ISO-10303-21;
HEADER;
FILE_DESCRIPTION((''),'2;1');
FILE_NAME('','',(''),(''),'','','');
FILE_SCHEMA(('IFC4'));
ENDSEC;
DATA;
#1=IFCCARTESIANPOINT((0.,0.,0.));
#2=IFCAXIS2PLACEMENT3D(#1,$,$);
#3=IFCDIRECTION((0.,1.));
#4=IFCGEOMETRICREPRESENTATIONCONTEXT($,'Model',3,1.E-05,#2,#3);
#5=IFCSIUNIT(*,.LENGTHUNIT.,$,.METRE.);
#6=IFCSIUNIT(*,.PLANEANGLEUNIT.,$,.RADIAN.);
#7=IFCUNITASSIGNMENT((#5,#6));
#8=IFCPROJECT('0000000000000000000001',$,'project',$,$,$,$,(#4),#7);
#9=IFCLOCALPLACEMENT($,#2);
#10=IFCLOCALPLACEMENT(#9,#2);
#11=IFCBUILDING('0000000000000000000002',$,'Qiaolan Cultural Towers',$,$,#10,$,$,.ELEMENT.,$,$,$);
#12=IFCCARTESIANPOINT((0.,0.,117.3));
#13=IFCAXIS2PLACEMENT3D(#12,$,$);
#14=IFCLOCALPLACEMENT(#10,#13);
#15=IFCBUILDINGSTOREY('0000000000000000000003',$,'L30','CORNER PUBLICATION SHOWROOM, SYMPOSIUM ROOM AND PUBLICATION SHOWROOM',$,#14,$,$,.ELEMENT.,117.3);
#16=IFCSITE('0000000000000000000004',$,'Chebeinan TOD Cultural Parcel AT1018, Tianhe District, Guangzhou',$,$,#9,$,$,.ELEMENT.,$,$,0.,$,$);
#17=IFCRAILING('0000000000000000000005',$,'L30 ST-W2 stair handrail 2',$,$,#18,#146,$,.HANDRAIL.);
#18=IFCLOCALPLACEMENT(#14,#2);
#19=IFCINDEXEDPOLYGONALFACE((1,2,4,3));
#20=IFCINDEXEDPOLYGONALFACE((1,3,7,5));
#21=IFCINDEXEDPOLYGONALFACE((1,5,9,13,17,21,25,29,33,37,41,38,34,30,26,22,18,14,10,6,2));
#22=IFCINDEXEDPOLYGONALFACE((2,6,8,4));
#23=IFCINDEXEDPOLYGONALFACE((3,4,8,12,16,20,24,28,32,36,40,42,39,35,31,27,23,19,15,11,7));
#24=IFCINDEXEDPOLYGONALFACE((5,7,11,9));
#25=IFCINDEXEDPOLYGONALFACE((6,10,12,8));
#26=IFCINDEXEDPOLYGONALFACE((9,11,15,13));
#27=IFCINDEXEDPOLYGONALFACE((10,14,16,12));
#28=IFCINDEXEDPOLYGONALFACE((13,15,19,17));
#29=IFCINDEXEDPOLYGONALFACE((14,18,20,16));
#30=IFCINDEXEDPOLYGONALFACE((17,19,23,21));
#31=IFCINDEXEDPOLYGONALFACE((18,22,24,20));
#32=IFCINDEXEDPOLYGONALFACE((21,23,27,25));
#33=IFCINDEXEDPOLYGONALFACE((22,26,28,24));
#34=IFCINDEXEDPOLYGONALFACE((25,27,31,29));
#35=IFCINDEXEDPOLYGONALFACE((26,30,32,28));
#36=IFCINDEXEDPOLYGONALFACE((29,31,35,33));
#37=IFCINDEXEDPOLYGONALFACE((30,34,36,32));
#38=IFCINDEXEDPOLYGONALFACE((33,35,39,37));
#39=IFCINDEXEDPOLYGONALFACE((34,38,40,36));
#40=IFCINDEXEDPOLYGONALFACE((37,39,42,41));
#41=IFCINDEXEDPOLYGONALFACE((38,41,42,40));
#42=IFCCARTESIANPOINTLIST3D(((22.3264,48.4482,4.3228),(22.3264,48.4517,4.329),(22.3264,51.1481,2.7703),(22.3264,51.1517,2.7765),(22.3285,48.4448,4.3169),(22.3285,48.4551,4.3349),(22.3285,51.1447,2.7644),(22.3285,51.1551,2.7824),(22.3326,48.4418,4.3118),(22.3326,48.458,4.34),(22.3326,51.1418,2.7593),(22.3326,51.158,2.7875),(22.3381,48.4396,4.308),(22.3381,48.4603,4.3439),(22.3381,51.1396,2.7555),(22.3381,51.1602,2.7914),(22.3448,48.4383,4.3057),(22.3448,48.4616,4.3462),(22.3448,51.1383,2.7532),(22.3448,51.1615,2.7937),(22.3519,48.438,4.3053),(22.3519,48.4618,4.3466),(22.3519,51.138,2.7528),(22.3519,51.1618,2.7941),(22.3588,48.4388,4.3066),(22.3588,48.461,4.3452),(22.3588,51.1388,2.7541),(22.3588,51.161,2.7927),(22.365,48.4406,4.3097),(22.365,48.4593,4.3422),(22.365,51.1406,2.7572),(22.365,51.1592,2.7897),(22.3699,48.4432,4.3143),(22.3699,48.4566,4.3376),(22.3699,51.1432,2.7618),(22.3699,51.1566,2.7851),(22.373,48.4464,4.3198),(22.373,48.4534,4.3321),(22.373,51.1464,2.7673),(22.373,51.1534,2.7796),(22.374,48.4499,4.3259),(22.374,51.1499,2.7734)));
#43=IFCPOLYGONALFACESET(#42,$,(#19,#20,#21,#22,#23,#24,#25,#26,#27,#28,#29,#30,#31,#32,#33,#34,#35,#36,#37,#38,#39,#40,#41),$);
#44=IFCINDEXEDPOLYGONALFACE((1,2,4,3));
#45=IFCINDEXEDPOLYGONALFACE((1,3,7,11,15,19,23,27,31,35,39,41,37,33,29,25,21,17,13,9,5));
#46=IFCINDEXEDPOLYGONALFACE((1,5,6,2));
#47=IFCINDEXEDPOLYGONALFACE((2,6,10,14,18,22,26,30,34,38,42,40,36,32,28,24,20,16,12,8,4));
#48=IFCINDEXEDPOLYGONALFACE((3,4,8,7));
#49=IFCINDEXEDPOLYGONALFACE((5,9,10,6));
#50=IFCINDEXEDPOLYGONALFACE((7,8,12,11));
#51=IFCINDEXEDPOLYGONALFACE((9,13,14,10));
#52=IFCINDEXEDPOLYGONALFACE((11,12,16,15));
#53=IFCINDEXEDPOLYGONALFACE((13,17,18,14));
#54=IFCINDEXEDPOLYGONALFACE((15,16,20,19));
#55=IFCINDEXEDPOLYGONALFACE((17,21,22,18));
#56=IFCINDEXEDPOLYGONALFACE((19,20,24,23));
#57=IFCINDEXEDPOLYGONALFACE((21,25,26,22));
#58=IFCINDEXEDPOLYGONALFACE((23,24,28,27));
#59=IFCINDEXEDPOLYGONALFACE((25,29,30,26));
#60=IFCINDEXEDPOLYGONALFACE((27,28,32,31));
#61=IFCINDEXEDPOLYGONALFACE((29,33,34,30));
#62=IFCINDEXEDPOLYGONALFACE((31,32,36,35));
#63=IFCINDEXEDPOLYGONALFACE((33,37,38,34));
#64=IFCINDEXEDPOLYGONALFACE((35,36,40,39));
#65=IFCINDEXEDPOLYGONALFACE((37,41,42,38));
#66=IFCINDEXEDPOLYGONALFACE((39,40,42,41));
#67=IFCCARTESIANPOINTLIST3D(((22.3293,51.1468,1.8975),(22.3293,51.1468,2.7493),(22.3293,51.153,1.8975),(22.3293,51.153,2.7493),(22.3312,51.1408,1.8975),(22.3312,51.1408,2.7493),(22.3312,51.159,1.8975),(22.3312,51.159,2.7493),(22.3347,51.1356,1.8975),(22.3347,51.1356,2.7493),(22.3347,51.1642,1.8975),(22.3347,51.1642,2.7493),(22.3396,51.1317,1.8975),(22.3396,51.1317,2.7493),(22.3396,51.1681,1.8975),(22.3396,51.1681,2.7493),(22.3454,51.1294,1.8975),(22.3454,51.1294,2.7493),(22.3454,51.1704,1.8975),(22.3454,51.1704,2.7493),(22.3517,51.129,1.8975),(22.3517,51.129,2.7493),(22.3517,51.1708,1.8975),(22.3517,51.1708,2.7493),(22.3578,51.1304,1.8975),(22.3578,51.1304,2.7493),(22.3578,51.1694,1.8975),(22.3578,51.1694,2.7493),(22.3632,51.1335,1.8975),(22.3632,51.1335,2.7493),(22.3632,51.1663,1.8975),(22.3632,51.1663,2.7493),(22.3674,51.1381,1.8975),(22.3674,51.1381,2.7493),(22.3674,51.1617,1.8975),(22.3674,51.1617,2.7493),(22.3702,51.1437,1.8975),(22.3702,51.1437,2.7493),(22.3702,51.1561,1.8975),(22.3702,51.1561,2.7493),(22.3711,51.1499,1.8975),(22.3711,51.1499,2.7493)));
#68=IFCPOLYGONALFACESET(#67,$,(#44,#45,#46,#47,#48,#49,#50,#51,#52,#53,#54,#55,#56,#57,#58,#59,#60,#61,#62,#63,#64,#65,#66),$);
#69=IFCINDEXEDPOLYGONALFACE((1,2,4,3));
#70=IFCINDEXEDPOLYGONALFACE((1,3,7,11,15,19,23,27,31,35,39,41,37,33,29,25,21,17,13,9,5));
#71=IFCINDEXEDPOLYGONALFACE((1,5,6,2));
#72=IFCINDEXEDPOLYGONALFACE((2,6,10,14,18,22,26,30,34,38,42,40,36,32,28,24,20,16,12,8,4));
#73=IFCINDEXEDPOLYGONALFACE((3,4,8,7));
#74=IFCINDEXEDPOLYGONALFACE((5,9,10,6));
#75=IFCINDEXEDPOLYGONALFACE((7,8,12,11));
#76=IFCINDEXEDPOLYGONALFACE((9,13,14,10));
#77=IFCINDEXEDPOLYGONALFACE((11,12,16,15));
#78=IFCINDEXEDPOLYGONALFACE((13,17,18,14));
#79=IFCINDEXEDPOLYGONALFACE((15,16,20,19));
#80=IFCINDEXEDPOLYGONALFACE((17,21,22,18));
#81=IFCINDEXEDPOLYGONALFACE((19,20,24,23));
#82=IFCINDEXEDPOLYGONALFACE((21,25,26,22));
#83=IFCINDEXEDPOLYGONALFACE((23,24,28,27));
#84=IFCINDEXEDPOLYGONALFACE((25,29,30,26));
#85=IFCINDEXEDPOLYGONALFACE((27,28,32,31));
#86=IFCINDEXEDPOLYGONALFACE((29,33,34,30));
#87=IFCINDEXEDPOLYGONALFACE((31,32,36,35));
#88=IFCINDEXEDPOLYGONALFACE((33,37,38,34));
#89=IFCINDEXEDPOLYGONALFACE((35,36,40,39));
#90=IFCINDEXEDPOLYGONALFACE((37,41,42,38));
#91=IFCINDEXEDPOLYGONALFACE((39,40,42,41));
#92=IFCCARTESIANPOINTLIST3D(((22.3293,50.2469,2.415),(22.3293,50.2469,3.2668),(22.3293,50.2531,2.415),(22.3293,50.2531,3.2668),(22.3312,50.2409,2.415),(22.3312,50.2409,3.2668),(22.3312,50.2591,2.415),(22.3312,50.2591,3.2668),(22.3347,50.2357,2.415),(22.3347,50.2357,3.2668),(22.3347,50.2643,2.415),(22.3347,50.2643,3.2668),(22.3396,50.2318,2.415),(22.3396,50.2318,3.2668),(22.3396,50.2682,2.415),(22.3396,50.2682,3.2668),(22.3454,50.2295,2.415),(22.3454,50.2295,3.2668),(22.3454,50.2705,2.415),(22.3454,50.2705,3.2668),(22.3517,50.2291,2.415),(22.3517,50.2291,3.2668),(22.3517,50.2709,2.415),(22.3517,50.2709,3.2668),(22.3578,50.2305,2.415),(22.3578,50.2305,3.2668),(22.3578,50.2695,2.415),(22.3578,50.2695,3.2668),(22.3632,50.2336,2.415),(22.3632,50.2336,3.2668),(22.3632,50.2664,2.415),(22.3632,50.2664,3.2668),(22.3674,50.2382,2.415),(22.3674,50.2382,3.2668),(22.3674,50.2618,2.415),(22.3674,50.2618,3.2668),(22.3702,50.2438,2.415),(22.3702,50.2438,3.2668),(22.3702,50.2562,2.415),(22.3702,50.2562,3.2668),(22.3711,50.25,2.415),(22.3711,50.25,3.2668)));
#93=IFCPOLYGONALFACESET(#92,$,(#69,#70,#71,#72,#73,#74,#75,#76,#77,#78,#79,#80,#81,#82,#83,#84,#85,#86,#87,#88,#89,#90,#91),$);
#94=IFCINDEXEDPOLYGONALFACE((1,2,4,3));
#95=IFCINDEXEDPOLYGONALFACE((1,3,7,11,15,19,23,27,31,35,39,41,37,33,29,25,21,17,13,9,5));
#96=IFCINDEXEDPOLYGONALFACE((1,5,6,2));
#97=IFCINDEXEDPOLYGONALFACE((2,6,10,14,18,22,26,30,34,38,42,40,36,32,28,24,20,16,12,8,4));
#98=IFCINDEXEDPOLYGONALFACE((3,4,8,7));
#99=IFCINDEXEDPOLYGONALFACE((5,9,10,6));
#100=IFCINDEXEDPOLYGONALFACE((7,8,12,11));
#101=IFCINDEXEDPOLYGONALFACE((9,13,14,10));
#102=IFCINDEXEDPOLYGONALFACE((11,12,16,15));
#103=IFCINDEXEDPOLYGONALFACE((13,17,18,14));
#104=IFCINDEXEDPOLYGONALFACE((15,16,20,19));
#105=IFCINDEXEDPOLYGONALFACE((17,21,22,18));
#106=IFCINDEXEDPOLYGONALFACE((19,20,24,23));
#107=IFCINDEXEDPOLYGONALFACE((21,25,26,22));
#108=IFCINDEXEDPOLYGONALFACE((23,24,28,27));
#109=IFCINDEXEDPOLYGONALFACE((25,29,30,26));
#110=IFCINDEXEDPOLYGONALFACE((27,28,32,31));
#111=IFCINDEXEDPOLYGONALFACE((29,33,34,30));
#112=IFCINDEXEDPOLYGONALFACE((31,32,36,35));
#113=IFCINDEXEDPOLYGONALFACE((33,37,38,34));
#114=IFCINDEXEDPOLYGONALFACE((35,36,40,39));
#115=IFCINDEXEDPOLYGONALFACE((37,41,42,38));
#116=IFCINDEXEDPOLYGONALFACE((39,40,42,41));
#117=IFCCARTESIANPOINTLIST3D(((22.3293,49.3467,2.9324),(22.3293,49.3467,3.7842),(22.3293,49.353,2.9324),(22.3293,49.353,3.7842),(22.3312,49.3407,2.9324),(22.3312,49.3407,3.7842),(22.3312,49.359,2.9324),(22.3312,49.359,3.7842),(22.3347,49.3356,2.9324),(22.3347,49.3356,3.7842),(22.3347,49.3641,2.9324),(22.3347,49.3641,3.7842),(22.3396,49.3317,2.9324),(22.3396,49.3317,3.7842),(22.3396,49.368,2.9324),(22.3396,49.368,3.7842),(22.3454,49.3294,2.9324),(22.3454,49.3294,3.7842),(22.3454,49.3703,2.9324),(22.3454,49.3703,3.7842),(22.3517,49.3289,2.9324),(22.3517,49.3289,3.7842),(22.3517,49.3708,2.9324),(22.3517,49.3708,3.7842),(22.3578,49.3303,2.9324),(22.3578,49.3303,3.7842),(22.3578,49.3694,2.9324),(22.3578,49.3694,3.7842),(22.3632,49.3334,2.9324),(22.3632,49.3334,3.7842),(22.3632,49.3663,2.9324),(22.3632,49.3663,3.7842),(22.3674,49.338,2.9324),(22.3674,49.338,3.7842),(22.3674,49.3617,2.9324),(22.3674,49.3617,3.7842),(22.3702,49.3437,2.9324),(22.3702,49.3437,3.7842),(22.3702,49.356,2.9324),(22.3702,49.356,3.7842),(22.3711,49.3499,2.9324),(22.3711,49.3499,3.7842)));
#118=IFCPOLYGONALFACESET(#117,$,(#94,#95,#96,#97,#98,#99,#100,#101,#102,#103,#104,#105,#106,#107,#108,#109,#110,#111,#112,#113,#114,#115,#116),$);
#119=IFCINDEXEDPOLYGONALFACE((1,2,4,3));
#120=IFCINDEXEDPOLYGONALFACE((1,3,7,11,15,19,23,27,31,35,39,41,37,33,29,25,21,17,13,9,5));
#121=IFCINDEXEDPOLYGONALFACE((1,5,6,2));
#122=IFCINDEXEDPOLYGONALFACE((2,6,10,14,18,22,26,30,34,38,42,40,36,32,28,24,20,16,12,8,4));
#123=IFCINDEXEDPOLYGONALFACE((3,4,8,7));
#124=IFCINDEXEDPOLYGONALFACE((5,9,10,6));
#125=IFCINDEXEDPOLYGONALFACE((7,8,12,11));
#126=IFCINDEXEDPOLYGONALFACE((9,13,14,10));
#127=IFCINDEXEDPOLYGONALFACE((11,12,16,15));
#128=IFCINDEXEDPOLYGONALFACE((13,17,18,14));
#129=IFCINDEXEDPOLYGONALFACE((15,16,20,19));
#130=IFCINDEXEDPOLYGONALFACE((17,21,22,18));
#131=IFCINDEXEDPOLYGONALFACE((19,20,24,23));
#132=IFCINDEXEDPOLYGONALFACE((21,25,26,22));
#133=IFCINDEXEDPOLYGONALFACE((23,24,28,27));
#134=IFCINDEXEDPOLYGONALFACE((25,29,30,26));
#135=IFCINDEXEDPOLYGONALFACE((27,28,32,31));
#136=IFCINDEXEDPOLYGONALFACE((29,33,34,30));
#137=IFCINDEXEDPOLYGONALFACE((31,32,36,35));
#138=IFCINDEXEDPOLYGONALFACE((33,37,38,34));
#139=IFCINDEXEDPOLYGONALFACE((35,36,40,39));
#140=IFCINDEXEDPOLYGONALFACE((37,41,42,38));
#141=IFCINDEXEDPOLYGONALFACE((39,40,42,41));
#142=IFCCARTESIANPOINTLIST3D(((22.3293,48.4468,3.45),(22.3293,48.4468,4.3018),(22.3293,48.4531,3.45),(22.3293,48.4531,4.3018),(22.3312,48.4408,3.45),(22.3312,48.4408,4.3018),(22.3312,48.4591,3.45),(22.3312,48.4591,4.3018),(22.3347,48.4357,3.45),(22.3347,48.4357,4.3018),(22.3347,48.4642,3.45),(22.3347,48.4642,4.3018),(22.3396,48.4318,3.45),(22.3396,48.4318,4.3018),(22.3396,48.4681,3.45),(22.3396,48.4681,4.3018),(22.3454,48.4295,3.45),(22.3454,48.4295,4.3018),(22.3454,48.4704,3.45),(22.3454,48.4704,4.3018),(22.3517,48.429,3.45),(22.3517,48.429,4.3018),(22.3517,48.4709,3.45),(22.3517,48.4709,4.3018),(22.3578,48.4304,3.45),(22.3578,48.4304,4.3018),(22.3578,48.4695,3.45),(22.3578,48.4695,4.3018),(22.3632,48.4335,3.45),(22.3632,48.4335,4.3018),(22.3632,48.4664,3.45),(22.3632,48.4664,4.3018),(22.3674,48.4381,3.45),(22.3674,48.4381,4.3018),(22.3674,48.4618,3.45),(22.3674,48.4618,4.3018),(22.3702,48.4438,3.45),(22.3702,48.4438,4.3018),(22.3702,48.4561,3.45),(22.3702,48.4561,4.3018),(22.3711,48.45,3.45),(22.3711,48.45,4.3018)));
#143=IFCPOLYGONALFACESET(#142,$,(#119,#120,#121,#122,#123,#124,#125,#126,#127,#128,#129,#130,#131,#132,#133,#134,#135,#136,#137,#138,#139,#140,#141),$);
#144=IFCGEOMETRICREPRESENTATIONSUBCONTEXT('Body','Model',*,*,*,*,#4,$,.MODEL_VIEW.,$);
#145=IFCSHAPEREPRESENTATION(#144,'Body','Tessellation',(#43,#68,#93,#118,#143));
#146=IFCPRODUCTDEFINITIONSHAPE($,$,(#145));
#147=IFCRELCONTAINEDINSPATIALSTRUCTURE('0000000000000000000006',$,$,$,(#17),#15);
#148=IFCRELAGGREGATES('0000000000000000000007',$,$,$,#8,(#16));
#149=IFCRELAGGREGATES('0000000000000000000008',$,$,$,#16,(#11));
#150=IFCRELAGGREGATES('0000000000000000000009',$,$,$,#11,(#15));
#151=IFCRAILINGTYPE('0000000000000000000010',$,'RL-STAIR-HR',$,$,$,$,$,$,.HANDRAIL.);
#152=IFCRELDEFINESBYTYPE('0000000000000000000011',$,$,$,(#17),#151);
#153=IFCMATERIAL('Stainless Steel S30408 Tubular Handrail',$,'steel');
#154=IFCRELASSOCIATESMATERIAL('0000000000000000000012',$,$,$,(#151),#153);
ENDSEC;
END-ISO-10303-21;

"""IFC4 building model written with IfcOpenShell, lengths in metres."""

from ifc_helpers import new_model, si_unit, direction, frame, origin, origin_2d, place, context, subcontext, project, spatial, circle, extrude, material, type_object, element, save


model = new_model("IFC4")

# Units and contexts
model_context = context("Model", 3, precision=1e-05, world=origin(), true_north=direction((0.0, 1.0)))
body_context = subcontext(model_context, "Body", "Model", "MODEL_VIEW")
ifc_project = project(units=[si_unit("LENGTHUNIT", "METRE"), si_unit("PLANEANGLEUNIT", "RADIAN")], contexts=[model_context])

# Site, building, storey
site_placement = place(None, origin())
site = spatial("IfcSite", under=ifc_project, at=site_placement, Name="Chebeinan TOD Cultural Parcel AT1018, Tianhe District, Guangzhou", CompositionType="ELEMENT", RefElevation=0.0)
building_placement = place(site_placement, origin())
building = spatial("IfcBuilding", under=site, at=building_placement, Name="Qiaolan Cultural Towers", CompositionType="ELEMENT")
storey_placement = place(building_placement, frame((0.0, 0.0, 117.3)))
storey = spatial("IfcBuildingStorey", under=building, at=storey_placement, Name="L30", Description="CORNER PUBLICATION SHOWROOM, SYMPOSIUM ROOM AND PUBLICATION SHOWROOM", CompositionType="ELEMENT", Elevation=117.3)

# Railing
ifc_material_1 = material(Name="Stainless Steel S30408 Tubular Handrail", Category="steel")
railing_type_1 = type_object("IfcRailingType", Name="RL-STAIR-HR", PredefinedType="HANDRAIL", material=ifc_material_1)
railing_1_placement = place(storey_placement, frame((22.3501, 51.1499, 1.8975)))
element("IfcRailing", 1, at=railing_1_placement, inside=storey, type_object=railing_type_1, Name="L30 ST-W2 stair handrail 2", PredefinedType="HANDRAIL", context=body_context, shape_type="SweptSolid", body=[
    extrude(circle(Radius=0.0239, at=origin_2d()), frame((0.0, 0.0, 0.876), z_axis=(0.0, -0.866904, 0.498476), x_axis=(1.0, 0.0, 0.0)), (0.0, 0.0, 1.0), 3.1145),
    extrude(circle(Radius=0.021, at=origin_2d()), origin(), (0.0, 0.0, 1.0), 0.8518),
    extrude(circle(Radius=0.021, at=origin_2d()), frame((0.0, -0.8999, 0.5176)), (0.0, 0.0, 1.0), 0.8518),
    extrude(circle(Radius=0.021, at=origin_2d()), frame((0.0, -1.8, 1.0349)), (0.0, 0.0, 1.0), 0.8518),
    extrude(circle(Radius=0.021, at=origin_2d()), frame((0.0, -2.7, 1.5525)), (0.0, 0.0, 1.0), 0.8518),
])

save(model, "model.ifc")
